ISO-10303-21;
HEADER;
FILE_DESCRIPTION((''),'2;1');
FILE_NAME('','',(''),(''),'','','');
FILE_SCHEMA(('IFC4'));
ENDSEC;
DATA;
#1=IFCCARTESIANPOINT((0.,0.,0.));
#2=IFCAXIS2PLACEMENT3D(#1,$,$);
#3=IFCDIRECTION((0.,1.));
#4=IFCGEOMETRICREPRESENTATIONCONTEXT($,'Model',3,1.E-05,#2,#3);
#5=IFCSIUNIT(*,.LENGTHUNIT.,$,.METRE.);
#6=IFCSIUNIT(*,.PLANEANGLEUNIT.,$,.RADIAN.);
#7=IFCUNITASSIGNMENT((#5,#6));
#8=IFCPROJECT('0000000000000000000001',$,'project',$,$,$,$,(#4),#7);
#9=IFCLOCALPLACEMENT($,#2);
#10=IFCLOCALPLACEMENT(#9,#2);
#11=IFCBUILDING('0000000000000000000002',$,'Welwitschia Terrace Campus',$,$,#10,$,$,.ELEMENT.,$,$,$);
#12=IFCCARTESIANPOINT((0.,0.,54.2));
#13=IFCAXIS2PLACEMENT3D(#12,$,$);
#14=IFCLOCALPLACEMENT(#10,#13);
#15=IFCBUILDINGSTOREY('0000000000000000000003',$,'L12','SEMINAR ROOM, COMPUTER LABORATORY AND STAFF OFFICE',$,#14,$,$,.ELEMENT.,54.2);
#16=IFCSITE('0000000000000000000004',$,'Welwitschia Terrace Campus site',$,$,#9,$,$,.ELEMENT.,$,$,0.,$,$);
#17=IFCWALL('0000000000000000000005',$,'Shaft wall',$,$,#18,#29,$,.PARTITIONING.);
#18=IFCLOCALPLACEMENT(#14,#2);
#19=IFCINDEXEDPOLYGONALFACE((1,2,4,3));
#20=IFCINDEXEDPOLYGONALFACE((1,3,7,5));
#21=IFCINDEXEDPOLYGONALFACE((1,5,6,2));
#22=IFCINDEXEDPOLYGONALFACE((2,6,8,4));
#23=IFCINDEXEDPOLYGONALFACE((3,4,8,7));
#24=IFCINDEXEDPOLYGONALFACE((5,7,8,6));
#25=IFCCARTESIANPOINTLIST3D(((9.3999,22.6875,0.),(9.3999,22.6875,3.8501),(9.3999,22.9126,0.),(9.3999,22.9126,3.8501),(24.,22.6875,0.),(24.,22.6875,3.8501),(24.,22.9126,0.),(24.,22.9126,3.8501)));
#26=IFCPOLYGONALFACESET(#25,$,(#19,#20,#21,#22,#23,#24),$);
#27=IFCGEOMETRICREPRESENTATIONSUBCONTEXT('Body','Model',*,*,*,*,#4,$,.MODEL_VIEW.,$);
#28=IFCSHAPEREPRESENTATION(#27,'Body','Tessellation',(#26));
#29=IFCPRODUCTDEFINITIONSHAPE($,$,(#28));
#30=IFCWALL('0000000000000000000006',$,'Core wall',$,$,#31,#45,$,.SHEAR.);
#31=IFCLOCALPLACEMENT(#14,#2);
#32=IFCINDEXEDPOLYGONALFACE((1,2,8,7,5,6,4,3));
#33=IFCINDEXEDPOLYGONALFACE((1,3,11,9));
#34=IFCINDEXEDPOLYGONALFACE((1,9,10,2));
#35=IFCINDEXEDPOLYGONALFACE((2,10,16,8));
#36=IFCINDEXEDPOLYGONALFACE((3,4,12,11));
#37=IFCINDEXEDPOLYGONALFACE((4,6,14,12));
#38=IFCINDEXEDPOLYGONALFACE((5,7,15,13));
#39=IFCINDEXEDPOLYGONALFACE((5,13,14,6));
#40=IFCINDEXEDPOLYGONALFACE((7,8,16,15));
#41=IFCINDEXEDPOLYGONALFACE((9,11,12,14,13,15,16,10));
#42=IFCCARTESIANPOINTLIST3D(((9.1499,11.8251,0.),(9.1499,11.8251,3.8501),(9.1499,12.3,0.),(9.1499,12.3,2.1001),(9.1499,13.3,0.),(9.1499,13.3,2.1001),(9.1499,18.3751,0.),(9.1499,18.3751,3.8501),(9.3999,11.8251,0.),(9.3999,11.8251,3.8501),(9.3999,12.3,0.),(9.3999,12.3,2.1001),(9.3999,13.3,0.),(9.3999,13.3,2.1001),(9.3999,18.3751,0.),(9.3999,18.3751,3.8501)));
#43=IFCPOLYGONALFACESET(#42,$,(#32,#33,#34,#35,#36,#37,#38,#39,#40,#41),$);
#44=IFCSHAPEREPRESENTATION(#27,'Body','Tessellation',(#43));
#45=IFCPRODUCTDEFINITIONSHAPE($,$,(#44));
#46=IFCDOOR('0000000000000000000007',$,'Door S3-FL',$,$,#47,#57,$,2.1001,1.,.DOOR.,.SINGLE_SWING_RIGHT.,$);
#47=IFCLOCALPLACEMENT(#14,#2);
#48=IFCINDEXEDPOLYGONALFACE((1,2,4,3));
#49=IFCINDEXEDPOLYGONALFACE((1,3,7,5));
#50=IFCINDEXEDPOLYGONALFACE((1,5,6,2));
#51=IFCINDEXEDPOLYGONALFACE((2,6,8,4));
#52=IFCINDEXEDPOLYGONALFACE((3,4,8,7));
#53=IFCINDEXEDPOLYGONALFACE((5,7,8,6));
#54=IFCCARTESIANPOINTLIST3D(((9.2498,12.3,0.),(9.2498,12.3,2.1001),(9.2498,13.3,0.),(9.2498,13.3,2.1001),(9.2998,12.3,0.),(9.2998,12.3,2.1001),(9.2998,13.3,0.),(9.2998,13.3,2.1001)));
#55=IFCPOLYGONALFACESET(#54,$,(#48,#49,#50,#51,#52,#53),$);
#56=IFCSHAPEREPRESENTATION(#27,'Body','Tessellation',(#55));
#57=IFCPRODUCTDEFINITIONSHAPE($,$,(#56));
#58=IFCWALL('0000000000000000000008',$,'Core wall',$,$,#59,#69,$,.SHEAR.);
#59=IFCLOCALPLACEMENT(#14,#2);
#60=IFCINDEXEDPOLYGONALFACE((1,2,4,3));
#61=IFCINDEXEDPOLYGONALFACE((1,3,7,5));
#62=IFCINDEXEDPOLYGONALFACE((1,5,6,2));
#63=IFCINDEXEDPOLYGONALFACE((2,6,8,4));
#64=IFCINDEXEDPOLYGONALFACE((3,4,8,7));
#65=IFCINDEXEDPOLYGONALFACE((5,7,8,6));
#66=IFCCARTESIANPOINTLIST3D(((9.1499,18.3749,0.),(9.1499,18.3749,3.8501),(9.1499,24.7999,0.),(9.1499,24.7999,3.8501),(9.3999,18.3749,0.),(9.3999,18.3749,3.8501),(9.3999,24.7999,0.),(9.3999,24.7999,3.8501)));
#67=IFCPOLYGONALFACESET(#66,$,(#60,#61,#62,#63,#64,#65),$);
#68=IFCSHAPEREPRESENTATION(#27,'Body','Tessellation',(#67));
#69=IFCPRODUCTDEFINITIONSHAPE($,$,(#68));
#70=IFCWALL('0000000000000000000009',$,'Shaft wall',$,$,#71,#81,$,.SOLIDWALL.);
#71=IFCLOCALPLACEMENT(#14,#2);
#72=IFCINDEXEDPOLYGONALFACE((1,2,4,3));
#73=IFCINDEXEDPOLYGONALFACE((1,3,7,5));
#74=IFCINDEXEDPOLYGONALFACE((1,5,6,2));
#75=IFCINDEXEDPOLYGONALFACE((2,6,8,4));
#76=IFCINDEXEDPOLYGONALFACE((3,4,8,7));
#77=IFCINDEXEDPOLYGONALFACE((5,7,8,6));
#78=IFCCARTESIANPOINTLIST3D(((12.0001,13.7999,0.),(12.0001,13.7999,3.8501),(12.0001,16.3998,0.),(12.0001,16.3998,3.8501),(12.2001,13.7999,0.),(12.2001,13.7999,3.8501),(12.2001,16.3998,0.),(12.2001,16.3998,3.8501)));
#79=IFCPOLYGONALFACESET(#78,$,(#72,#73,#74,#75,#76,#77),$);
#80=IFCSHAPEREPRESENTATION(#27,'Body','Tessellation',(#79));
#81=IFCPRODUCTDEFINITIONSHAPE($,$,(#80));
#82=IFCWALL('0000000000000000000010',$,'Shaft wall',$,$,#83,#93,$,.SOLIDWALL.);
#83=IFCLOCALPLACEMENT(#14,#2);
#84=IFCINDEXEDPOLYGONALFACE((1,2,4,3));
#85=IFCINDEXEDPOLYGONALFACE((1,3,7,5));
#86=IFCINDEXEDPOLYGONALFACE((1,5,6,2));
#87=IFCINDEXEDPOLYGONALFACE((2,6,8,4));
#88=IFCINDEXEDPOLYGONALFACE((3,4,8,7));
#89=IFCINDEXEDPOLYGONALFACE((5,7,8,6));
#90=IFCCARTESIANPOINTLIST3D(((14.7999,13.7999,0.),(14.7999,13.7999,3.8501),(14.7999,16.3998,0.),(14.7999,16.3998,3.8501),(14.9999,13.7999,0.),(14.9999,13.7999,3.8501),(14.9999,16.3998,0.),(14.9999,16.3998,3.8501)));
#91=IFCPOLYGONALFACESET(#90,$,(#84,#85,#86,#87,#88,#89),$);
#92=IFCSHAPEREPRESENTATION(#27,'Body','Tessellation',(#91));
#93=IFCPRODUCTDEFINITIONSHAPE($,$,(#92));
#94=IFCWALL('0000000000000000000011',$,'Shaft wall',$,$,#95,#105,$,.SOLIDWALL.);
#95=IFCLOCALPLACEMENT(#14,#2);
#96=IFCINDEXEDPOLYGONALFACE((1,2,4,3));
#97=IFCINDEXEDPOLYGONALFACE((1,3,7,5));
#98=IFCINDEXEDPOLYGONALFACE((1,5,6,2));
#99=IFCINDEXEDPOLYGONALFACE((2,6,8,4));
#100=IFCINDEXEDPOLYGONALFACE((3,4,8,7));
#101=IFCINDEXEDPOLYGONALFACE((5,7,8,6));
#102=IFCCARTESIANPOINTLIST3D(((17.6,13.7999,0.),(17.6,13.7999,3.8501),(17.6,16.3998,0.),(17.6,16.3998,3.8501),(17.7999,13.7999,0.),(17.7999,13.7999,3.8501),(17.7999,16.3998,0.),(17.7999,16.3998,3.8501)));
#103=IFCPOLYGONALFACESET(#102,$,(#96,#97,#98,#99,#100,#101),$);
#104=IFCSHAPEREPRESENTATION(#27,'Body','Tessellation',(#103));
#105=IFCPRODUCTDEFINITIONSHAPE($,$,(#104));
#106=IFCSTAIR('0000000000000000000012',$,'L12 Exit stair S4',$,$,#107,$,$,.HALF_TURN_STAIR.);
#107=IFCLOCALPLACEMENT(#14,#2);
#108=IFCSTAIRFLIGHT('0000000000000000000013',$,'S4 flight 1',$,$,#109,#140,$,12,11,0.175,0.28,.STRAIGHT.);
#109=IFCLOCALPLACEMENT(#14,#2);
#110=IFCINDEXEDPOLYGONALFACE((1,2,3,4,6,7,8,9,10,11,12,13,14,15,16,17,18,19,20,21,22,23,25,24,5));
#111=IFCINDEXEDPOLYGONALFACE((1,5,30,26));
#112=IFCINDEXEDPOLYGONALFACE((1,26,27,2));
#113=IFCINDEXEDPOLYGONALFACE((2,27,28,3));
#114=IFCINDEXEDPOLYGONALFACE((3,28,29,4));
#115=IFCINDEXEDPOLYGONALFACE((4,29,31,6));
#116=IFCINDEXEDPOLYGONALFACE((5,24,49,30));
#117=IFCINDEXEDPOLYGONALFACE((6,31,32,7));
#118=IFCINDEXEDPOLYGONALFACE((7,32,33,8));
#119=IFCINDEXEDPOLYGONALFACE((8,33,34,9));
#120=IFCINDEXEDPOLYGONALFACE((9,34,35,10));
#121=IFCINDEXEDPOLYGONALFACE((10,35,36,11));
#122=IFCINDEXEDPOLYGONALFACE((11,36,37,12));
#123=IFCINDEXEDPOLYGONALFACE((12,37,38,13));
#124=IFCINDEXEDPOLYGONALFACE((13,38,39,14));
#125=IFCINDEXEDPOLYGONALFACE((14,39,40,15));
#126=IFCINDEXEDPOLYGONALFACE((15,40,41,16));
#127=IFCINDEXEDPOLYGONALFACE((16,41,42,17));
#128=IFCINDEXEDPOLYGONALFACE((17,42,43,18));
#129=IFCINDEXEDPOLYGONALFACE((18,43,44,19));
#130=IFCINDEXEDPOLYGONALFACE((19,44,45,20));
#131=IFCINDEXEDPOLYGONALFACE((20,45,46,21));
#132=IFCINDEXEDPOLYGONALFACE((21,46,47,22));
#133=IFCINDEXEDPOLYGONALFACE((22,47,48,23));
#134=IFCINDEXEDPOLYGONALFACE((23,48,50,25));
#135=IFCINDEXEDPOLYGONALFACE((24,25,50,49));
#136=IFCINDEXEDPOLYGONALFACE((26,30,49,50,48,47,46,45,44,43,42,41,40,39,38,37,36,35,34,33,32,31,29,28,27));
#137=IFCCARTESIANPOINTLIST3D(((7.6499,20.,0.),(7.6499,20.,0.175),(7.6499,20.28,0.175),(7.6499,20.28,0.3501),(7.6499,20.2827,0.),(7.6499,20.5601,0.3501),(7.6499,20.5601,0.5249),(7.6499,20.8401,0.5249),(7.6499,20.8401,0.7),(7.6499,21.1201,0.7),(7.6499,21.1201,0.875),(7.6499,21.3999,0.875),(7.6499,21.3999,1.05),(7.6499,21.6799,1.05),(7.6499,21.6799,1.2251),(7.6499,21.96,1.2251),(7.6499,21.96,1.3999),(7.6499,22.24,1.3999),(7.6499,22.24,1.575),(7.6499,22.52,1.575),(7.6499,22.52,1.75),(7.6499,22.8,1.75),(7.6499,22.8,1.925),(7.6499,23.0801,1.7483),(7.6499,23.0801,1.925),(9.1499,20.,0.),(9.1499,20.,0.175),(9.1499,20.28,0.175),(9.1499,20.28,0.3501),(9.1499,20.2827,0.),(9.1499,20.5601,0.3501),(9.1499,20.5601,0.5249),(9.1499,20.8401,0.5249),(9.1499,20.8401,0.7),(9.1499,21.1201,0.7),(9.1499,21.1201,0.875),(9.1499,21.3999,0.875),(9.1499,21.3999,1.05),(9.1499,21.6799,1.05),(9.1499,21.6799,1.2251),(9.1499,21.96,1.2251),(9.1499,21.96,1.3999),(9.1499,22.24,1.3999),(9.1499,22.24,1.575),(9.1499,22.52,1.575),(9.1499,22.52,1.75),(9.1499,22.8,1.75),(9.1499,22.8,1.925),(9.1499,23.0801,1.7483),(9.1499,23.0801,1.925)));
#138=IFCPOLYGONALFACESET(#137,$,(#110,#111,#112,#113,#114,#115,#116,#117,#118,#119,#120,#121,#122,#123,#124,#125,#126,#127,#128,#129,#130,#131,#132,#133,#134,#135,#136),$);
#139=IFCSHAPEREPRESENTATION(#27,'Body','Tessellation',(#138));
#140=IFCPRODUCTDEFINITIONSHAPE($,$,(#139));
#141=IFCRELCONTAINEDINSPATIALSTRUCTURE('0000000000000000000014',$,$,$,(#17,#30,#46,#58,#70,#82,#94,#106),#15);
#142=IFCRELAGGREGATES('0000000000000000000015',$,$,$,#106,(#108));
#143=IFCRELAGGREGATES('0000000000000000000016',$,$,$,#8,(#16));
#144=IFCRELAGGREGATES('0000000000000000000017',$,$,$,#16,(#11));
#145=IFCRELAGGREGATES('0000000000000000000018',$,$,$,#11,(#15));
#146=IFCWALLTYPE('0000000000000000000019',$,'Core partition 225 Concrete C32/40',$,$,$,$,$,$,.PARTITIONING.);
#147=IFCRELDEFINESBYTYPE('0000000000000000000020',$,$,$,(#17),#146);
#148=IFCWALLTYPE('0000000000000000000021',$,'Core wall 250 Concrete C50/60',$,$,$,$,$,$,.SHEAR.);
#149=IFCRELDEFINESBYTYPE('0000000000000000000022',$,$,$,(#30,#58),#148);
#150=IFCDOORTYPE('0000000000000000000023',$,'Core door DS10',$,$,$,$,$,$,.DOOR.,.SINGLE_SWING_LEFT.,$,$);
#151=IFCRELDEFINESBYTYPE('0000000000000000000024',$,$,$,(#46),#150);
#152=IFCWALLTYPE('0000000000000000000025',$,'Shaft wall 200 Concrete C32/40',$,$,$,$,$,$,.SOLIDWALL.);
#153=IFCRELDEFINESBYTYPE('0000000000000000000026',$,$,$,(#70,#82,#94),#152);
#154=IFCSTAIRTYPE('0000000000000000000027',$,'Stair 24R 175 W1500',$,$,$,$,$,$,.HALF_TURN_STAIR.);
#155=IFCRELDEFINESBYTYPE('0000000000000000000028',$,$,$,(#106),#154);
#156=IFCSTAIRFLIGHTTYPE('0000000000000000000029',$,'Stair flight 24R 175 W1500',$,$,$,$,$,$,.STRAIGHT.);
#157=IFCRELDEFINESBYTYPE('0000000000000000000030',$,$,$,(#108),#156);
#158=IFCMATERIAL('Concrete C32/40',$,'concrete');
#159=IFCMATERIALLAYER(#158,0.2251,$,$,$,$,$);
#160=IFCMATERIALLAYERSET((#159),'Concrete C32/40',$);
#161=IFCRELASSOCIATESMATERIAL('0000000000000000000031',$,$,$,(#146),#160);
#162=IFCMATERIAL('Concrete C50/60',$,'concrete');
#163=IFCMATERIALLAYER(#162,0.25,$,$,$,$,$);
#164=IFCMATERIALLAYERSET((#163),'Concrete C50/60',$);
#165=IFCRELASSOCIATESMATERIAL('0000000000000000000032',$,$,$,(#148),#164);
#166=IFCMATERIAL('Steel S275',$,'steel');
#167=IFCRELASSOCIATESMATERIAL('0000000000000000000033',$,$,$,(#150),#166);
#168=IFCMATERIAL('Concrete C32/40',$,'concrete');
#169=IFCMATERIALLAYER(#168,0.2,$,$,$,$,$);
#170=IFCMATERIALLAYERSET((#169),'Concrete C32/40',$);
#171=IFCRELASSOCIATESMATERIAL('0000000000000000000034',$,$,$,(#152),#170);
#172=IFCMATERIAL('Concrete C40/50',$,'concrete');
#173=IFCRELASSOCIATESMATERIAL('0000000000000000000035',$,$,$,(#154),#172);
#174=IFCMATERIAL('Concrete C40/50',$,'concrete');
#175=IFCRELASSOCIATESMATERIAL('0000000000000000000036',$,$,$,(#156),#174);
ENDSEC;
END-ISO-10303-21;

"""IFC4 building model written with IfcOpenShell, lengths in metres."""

from ifc_helpers import new_model, si_unit, direction, frame, frame_2d, origin, place, context, subcontext, project, spatial, polyline, rectangle, outline, extrude, material, layer, layer_set, type_object, element, fill, aggregate, save


model = new_model("IFC4")

# Units and contexts
model_context = context("Model", 3, precision=1e-05, world=origin(), true_north=direction((0.0, 1.0)))
body_context = subcontext(model_context, "Body", "Model", "MODEL_VIEW")
ifc_project = project(units=[si_unit("LENGTHUNIT", "METRE"), si_unit("PLANEANGLEUNIT", "RADIAN")], contexts=[model_context])

# Site, building, storey
site_placement = place(None, origin())
site = spatial("IfcSite", under=ifc_project, at=site_placement, Name="Welwitschia Terrace Campus site", CompositionType="ELEMENT", RefElevation=0.0)
building_placement = place(site_placement, origin())
building = spatial("IfcBuilding", under=site, at=building_placement, Name="Welwitschia Terrace Campus", CompositionType="ELEMENT")
storey_placement = place(building_placement, frame((0.0, 0.0, 54.2)))
storey = spatial("IfcBuildingStorey", under=building, at=storey_placement, Name="L12", Description="SEMINAR ROOM, COMPUTER LABORATORY AND STAFF OFFICE", CompositionType="ELEMENT", Elevation=54.2)

# Shared definitions
ifc_material_1 = material(Name="Concrete C32/40", Category="concrete")
ifc_layer_1 = layer(ifc_material_1, 0.2251)
ifc_layer_set_1 = layer_set([ifc_layer_1], Name="Concrete C32/40")
wall_type_1 = type_object("IfcWallType", Name="Core partition 225 Concrete C32/40", PredefinedType="PARTITIONING", material=ifc_layer_set_1)

# Wall
wall_1_placement = place(storey_placement, frame((9.3999, 22.8, 0.0), z_axis=(0.0, 0.0, 1.0), x_axis=(1.0, 0.0, 0.0)))
element("IfcWall", 1, at=wall_1_placement, inside=storey, type_object=wall_type_1, Name="Shaft wall", PredefinedType="PARTITIONING", context=body_context, shape_type="SweptSolid", body=[
    extrude(rectangle(XDim=14.6001, YDim=0.2251, at=frame_2d((7.3, 0.0))), origin(), (0.0, 0.0, 1.0), 3.8501),
])

# Wall, opening, door
ifc_material_2 = material(Name="Concrete C50/60", Category="concrete")
ifc_layer_2 = layer(ifc_material_2, 0.25)
ifc_layer_set_2 = layer_set([ifc_layer_2], Name="Concrete C50/60")
wall_type_2 = type_object("IfcWallType", Name="Core wall 250 Concrete C50/60", PredefinedType="SHEAR", material=ifc_layer_set_2)
wall_2_placement = place(storey_placement, frame((9.2749, 18.375, 0.0), z_axis=(0.0, 0.0, 1.0), x_axis=(0.0, -1.0, 0.0)))
wall_2 = element("IfcWall", 2, at=wall_2_placement, inside=storey, type_object=wall_type_2, Name="Core wall", PredefinedType="SHEAR", context=body_context, shape_type="SweptSolid", body=[
    extrude(rectangle(XDim=6.55, YDim=0.25, at=frame_2d((3.2749, 0.0))), origin(), (0.0, 0.0, 1.0), 3.8501),
])
opening_1_placement = place(wall_2_placement, frame((5.075, 0.0, 0.0)))
opening_1 = element("IfcOpeningElement", 3, at=opening_1_placement, cuts=wall_2, PredefinedType="OPENING", context=body_context, shape_type="SweptSolid", body=[
    extrude(rectangle(XDim=1.0, YDim=2.1001, at=frame_2d((0.5, 1.05))), frame((0.0, 0.135, 0.0), z_axis=(0.0, -1.0, 0.0), x_axis=(1.0, 0.0, 0.0)), (0.0, 0.0, 1.0), 0.27),
])
ifc_material_3 = material(Name="Steel S275", Category="steel")
door_type_1 = type_object("IfcDoorType", Name="Core door DS10", OperationType="SINGLE_SWING_LEFT", PredefinedType="DOOR", material=ifc_material_3)
door_1_placement = place(opening_1_placement, origin())
door_1 = element("IfcDoor", 4, at=door_1_placement, inside=storey, type_object=door_type_1, Name="Door S3-FL", OperationType="SINGLE_SWING_RIGHT", OverallHeight=2.1001, OverallWidth=1.0, PredefinedType="DOOR", context=body_context, shape_type="SweptSolid", body=[
    extrude(rectangle(XDim=1.0, YDim=2.1001, at=frame_2d((0.5, 1.05))), frame((0.0, 0.0249, 0.0), z_axis=(0.0, -1.0, 0.0), x_axis=(1.0, 0.0, 0.0)), (0.0, 0.0, 1.0), 0.05),
])
fill(opening_1, door_1)

# Walls
wall_3_placement = place(storey_placement, frame((9.2749, 18.375, 0.0), z_axis=(0.0, 0.0, 1.0), x_axis=(0.0, 1.0, 0.0)))
element("IfcWall", 5, at=wall_3_placement, inside=storey, type_object=wall_type_2, Name="Core wall", PredefinedType="SHEAR", context=body_context, shape_type="SweptSolid", body=[
    extrude(rectangle(XDim=6.425, YDim=0.25, at=frame_2d((3.2124, 0.0))), origin(), (0.0, 0.0, 1.0), 3.8501),
])
ifc_material_4 = material(Name="Concrete C32/40", Category="concrete")
ifc_layer_3 = layer(ifc_material_4, 0.2)
ifc_layer_set_3 = layer_set([ifc_layer_3], Name="Concrete C32/40")
wall_type_3 = type_object("IfcWallType", Name="Shaft wall 200 Concrete C32/40", PredefinedType="SOLIDWALL", material=ifc_layer_set_3)
for number, where, z_axis, x_axis, name in (
    (6, (12.1001, 13.8, 0.0), (0.0, 0.0, 1.0), (0.0, 1.0, 0.0), "Shaft wall"),
    (7, (14.8999, 13.8, 0.0), (0.0, 0.0, 1.0), (0.0, 1.0, 0.0), "Shaft wall"),
    (8, (17.7, 13.8, 0.0), (0.0, 0.0, 1.0), (0.0, 1.0, 0.0), "Shaft wall"),
):
    element("IfcWall", number, at=place(storey_placement, frame(where, z_axis=z_axis, x_axis=x_axis)), inside=storey, type_object=wall_type_3, Name=name, PredefinedType="SOLIDWALL", context=body_context, shape_type="SweptSolid", body=[
        extrude(rectangle(XDim=2.5999, YDim=0.2, at=frame_2d((1.2998, 0.0))), origin(), (0.0, 0.0, 1.0), 3.8501),
    ])

# Stair, stair flight
ifc_material_5 = material(Name="Concrete C40/50", Category="concrete")
stair_type = type_object("IfcStairType", Name="Stair 24R 175 W1500", PredefinedType="HALF_TURN_STAIR", material=ifc_material_5)
stair_placement = place(storey_placement, origin())
stair = element("IfcStair", 9, at=stair_placement, inside=storey, type_object=stair_type, Name="L12 Exit stair S4", PredefinedType="HALF_TURN_STAIR")
ifc_material_6 = material(Name="Concrete C40/50", Category="concrete")
stair_flight_type = type_object("IfcStairFlightType", Name="Stair flight 24R 175 W1500", PredefinedType="STRAIGHT", material=ifc_material_6)
stair_flight_placement = place(storey_placement, frame((8.3999, 20.0, 0.0), z_axis=(0.0, 0.0, 1.0), x_axis=(0.0, 1.0, 0.0)))
stair_flight = element("IfcStairFlight", 10, at=stair_flight_placement, type_object=stair_flight_type, Name="S4 flight 1", NumberOfRisers=12, NumberOfTreads=11, PredefinedType="STRAIGHT", RiserHeight=0.175, TreadLength=0.28, context=body_context, shape_type="SweptSolid", body=[
    extrude(outline(polyline([(0.0, 0.0), (0.0, 0.175), (0.28, 0.175), (0.28, 0.3501), (0.5601, 0.3501), (0.5601, 0.5249), (0.8401, 0.5249), (0.8401, 0.7), (1.1201, 0.7), (1.1201, 0.875), (1.3999, 0.875), (1.3999, 1.05), (1.6799, 1.05), (1.6799, 1.2251), (1.96, 1.2251), (1.96, 1.3999), (2.24, 1.3999), (2.24, 1.575), (2.52, 1.575), (2.52, 1.75), (2.8, 1.75), (2.8, 1.925), (3.0801, 1.925), (3.0801, 2.1001), (3.0801, 1.7483), (0.2827, 0.0), (0.0, 0.0)])), frame((0.0, 0.75, 0.0), z_axis=(0.0, -1.0, 0.0), x_axis=(1.0, 0.0, 0.0)), (0.0, 0.0, 1.0), 1.5),
])
aggregate(stair, [stair_flight])

save(model, "model.ifc")
